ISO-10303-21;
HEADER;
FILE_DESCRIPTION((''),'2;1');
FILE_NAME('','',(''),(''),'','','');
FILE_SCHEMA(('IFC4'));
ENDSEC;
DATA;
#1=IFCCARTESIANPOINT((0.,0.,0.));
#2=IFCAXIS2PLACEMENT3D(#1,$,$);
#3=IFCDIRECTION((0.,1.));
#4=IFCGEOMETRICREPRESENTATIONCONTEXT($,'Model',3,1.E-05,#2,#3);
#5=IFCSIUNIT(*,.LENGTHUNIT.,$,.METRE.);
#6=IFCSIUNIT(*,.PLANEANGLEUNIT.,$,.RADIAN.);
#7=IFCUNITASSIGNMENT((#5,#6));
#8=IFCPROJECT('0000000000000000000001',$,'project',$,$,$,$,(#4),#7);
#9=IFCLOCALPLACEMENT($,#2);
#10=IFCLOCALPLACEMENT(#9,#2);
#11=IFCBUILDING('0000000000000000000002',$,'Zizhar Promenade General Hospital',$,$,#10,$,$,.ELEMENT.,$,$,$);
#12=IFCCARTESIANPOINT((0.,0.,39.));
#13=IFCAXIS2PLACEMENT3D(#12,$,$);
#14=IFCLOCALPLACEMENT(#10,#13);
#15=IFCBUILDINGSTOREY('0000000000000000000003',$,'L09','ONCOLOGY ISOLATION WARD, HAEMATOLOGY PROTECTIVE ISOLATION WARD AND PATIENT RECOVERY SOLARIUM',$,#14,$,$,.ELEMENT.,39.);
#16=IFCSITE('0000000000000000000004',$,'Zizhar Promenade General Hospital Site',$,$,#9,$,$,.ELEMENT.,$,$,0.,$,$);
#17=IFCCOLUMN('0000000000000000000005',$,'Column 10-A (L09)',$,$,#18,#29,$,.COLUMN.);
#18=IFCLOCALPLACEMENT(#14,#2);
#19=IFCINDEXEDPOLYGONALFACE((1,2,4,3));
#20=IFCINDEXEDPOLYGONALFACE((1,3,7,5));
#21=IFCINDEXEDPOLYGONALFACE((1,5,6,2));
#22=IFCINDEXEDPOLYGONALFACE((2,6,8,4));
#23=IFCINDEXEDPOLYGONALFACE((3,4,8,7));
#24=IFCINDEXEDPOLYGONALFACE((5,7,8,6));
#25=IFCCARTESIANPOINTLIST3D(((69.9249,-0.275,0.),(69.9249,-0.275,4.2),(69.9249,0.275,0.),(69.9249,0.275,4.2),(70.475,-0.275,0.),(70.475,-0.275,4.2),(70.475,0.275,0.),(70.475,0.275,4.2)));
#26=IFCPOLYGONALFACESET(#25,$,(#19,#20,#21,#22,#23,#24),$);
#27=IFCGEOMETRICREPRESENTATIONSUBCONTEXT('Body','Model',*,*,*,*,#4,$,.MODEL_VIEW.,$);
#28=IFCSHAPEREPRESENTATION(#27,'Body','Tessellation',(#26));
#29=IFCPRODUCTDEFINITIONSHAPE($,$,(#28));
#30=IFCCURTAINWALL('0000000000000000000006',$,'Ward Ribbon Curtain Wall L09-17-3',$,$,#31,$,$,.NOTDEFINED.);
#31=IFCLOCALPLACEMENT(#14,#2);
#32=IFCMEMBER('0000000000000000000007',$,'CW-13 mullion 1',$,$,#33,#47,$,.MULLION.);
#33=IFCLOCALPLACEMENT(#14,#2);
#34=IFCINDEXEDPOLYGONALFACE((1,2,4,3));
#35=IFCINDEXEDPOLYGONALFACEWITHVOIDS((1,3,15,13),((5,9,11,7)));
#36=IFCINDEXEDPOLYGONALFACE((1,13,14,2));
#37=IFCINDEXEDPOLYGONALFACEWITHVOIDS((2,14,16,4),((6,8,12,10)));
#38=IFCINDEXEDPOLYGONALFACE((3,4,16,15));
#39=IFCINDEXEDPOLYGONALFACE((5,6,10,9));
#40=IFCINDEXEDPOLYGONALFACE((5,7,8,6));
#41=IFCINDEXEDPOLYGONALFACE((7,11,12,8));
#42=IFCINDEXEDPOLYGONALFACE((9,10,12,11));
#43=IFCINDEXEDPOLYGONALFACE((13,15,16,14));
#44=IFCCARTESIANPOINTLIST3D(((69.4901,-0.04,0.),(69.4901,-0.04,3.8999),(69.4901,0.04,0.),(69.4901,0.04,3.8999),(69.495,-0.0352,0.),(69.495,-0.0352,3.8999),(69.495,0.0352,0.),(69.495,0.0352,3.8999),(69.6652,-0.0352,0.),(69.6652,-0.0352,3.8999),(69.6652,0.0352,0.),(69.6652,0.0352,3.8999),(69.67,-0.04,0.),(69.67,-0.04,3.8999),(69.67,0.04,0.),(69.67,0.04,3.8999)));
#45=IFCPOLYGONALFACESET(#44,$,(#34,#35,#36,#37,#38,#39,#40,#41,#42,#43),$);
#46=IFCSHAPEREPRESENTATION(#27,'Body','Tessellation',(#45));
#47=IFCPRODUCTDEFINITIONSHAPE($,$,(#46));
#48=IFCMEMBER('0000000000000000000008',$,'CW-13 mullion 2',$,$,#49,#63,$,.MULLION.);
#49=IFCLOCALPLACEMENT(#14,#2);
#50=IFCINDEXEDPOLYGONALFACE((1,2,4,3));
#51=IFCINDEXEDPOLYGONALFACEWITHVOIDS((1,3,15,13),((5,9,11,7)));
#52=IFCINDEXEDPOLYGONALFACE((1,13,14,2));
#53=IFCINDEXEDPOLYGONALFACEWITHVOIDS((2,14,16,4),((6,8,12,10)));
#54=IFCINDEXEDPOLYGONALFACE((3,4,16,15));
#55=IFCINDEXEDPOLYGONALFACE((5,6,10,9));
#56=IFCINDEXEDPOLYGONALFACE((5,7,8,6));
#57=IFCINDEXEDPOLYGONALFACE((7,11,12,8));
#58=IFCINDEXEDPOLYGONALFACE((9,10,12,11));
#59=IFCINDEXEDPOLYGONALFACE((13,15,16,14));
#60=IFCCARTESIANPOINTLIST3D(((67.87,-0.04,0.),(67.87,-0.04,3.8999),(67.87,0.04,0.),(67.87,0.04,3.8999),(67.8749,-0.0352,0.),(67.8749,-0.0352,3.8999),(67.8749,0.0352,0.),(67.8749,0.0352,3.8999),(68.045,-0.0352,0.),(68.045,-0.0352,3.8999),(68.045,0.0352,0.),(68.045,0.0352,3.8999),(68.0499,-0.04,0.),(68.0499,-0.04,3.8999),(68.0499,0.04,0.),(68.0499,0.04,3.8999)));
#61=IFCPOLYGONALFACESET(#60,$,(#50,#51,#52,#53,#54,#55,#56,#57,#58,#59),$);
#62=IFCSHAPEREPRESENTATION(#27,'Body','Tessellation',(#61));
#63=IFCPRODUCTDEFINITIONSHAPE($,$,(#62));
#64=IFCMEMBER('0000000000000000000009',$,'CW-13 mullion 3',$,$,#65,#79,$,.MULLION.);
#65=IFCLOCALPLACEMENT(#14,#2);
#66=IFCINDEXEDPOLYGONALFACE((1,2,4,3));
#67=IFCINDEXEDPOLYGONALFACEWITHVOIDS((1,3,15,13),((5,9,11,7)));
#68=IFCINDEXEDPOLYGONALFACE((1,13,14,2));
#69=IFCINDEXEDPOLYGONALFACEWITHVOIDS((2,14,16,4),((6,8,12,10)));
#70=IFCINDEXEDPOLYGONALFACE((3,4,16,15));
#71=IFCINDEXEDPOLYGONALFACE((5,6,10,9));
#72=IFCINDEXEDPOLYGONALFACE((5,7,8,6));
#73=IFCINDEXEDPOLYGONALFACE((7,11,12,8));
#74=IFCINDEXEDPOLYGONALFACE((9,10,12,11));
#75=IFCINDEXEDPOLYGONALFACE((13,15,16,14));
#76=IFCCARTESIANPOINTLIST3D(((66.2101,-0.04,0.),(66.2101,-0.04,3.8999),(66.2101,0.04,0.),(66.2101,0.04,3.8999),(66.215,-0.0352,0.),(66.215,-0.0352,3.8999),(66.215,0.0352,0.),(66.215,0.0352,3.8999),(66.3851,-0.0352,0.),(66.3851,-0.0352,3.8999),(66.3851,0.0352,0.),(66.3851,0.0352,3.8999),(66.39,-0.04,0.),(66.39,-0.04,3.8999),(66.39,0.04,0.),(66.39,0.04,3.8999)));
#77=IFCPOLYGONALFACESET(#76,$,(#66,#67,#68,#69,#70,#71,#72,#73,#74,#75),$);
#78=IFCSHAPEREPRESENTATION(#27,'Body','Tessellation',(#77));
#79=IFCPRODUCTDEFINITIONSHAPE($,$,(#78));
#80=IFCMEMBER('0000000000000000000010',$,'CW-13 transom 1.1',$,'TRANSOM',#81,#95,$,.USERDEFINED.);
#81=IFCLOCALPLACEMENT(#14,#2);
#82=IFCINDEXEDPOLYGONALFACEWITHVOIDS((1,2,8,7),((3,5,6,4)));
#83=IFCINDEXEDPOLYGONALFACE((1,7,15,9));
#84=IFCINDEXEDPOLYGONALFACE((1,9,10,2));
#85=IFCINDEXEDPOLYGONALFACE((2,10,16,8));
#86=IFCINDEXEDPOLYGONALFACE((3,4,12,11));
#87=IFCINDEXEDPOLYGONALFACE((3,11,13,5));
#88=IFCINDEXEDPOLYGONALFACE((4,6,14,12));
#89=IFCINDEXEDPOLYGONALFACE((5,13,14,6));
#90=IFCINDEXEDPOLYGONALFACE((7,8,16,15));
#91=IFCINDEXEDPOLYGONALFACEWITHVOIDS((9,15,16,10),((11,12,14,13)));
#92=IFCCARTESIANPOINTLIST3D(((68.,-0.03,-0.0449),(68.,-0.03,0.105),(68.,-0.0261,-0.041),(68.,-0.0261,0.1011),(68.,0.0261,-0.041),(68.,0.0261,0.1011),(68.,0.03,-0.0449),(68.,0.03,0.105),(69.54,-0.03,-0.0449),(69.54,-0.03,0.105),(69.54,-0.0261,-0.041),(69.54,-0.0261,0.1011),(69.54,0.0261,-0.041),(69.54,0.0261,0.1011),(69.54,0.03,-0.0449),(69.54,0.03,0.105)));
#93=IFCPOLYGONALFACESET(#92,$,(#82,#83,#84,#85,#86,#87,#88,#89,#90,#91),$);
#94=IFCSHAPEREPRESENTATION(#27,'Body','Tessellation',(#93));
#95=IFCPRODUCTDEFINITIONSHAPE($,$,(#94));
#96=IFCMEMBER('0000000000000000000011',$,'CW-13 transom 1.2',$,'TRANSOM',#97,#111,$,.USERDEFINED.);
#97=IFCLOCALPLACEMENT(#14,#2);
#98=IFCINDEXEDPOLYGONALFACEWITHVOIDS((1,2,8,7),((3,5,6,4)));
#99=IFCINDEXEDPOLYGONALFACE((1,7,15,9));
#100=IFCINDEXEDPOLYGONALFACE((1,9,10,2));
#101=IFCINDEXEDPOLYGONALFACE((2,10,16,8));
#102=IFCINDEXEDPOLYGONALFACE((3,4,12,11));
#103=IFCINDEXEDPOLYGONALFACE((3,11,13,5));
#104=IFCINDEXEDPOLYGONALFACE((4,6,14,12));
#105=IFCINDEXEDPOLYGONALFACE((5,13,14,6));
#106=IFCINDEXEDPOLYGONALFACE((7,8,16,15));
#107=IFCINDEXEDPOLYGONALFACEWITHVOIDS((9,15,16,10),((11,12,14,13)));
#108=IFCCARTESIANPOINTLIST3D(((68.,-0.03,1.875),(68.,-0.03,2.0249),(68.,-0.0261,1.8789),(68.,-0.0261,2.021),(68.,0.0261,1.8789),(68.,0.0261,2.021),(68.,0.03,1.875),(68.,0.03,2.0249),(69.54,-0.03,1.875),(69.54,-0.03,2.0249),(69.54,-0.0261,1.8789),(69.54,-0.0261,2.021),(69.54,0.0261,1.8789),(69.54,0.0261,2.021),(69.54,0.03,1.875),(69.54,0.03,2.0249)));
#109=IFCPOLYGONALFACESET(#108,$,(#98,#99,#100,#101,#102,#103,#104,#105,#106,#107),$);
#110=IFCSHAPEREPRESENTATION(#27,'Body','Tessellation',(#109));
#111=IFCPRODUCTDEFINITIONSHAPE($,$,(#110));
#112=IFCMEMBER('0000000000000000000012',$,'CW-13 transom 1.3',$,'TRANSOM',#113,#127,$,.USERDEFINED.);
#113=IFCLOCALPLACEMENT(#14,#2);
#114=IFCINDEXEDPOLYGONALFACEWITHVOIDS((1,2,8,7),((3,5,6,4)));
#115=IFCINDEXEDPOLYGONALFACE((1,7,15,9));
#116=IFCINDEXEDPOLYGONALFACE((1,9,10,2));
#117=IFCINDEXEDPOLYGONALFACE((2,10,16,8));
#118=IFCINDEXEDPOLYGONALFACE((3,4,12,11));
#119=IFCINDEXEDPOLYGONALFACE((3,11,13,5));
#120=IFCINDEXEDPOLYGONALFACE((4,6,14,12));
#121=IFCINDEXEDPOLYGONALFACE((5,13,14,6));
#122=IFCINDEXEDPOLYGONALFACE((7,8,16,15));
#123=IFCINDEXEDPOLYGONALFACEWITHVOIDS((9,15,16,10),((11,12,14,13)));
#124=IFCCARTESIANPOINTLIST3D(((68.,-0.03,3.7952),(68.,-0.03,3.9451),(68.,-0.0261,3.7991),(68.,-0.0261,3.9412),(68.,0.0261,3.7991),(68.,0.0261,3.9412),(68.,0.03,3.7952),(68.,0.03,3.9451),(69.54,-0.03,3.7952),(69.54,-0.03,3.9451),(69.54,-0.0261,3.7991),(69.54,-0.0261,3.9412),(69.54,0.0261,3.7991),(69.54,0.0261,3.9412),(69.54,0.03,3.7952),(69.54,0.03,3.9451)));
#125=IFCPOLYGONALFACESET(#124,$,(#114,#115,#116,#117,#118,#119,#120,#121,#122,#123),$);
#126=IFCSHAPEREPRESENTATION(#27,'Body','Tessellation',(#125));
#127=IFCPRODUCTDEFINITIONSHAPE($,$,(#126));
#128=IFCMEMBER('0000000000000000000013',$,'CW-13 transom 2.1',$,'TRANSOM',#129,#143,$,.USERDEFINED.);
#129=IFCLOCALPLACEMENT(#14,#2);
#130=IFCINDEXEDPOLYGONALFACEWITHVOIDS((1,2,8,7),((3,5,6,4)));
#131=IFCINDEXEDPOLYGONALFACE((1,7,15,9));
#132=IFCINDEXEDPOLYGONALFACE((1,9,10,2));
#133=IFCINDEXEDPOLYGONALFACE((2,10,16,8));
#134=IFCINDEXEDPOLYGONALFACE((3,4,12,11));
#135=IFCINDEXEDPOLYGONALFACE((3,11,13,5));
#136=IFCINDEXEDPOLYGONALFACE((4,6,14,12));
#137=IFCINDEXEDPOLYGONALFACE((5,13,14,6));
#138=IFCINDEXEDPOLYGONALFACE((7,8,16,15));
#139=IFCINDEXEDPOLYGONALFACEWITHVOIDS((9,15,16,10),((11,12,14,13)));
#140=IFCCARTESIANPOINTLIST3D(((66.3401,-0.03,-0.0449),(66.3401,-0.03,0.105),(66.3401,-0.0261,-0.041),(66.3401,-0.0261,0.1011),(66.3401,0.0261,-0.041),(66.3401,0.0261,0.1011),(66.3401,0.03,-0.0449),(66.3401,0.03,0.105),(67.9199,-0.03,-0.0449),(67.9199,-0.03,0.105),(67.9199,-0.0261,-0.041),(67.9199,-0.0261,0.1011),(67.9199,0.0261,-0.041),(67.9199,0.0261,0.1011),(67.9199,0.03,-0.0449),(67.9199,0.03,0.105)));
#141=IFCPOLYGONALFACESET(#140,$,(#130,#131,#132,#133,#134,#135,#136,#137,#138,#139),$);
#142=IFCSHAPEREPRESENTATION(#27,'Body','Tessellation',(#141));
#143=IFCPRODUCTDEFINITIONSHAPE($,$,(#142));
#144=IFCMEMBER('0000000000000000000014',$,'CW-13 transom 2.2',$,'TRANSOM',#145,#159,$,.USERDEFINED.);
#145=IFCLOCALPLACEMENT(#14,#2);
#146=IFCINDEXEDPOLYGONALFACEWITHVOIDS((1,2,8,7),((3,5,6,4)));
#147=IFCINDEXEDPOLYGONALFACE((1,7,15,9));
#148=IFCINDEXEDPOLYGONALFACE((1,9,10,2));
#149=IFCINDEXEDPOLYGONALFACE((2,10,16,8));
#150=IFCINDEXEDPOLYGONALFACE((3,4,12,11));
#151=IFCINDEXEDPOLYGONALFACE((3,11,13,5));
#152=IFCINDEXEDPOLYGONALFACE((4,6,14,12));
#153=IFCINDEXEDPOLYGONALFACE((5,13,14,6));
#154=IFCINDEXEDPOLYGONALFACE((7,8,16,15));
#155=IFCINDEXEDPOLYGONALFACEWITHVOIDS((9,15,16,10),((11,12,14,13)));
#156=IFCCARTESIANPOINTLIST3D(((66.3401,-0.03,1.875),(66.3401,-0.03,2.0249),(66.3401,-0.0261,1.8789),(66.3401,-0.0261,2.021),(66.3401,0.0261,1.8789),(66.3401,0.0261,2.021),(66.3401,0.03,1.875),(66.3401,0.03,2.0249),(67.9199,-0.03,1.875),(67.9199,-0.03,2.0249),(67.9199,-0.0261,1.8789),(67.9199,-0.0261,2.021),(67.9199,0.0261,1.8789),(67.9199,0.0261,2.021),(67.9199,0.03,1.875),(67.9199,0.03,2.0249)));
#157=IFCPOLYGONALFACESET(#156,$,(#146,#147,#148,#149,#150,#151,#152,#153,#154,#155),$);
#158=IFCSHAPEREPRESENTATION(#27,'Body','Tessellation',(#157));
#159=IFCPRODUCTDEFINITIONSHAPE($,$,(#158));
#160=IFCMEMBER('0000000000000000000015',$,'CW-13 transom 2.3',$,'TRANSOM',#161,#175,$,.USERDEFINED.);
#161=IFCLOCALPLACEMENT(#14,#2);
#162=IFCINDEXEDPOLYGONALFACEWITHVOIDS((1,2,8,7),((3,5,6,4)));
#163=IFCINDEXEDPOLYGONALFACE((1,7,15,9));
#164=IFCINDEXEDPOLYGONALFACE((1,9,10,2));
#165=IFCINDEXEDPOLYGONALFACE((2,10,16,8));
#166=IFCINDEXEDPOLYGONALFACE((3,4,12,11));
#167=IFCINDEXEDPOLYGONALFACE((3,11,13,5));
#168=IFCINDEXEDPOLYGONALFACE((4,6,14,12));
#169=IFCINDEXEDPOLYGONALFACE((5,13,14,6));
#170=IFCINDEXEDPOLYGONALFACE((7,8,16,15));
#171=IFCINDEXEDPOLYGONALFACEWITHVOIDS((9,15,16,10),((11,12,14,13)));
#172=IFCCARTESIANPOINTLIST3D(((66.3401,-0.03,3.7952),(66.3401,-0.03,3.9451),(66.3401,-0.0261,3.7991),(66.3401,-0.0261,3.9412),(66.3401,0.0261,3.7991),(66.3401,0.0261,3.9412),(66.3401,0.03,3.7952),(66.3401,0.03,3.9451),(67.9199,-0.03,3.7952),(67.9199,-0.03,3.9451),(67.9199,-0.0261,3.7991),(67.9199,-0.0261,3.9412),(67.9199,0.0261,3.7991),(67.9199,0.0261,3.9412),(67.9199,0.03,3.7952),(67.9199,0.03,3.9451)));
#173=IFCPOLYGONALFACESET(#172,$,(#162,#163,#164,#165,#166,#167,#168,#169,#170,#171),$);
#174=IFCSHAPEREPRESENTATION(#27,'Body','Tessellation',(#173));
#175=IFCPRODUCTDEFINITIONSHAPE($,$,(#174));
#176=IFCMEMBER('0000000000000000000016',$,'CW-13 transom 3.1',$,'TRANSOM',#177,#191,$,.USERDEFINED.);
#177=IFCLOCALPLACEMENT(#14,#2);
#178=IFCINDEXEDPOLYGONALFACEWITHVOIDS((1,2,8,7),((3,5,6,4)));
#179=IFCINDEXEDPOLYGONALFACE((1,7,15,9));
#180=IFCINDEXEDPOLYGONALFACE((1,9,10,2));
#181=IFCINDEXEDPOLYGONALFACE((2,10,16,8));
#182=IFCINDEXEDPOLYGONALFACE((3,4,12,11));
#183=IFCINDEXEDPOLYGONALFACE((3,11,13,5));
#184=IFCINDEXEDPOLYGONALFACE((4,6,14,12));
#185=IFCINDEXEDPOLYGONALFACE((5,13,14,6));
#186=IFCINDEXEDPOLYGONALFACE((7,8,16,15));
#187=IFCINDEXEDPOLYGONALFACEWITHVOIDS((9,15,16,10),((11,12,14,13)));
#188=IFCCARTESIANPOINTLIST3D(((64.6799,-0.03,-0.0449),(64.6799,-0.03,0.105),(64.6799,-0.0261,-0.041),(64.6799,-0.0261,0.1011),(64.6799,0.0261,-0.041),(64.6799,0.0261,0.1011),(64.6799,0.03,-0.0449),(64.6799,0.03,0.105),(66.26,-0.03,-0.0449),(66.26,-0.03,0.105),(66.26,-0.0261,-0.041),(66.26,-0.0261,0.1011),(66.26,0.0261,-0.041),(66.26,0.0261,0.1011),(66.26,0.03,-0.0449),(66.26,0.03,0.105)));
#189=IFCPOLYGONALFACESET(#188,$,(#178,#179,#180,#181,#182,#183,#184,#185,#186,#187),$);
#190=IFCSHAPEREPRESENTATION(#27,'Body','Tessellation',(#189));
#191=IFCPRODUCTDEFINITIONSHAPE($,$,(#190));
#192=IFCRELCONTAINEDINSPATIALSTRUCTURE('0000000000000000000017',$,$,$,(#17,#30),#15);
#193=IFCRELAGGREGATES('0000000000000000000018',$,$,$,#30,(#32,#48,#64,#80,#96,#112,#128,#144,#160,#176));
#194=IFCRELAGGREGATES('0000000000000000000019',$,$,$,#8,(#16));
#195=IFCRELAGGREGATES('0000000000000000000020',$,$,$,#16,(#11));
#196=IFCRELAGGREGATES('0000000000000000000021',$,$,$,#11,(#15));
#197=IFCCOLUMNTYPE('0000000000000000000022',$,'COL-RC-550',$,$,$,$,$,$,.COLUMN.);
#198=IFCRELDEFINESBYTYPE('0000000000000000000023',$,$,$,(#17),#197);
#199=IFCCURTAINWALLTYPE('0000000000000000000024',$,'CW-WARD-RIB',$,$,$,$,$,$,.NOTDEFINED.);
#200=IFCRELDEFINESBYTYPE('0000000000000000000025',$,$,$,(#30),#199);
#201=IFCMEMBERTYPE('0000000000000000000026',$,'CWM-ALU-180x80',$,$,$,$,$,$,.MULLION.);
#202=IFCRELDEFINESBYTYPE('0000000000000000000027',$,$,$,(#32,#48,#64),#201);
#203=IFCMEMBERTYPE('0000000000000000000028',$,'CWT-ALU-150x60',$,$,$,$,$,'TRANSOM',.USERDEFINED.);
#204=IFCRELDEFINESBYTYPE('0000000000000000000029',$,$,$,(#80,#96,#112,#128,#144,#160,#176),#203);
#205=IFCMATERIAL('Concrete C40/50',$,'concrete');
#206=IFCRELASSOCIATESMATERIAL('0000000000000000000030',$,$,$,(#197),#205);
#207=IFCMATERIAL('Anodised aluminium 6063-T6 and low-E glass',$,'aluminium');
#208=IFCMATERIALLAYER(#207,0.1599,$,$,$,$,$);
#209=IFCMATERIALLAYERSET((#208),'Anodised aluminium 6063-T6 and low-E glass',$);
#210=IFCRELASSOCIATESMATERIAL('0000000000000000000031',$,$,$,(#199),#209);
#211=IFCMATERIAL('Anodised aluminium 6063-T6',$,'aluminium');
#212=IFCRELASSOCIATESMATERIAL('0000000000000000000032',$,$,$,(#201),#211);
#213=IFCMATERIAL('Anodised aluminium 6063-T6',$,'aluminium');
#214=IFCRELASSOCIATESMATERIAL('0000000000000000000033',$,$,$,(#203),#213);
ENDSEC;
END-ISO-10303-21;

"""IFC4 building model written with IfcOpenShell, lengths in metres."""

from ifc_helpers import new_model, si_unit, direction, frame, origin, origin_2d, place, context, subcontext, project, spatial, rectangle, hollow_rectangle, extrude, material, layer, layer_set, material_profile, profile_set, type_object, element, aggregate, save


model = new_model("IFC4")

# Units and contexts
model_context = context("Model", 3, precision=1e-05, world=origin(), true_north=direction((0.0, 1.0)))
body_context = subcontext(model_context, "Body", "Model", "MODEL_VIEW")
ifc_project = project(units=[si_unit("LENGTHUNIT", "METRE"), si_unit("PLANEANGLEUNIT", "RADIAN")], contexts=[model_context])

# Site, building, storey
site_placement = place(None, origin())
site = spatial("IfcSite", under=ifc_project, at=site_placement, Name="Zizhar Promenade General Hospital Site", CompositionType="ELEMENT", RefElevation=0.0)
building_placement = place(site_placement, origin())
building = spatial("IfcBuilding", under=site, at=building_placement, Name="Zizhar Promenade General Hospital", CompositionType="ELEMENT")
storey_placement = place(building_placement, frame((0.0, 0.0, 39.0)))
storey = spatial("IfcBuildingStorey", under=building, at=storey_placement, Name="L09", Description="ONCOLOGY ISOLATION WARD, HAEMATOLOGY PROTECTIVE ISOLATION WARD AND PATIENT RECOVERY SOLARIUM", CompositionType="ELEMENT", Elevation=39.0)

# Column
ifc_material_1 = material(Name="Concrete C40/50", Category="concrete")
ifc_material_profile_1 = material_profile(ifc_material_1, rectangle(XDim=0.55, YDim=0.55, at=origin_2d()))
ifc_profile_set_1 = profile_set([ifc_material_profile_1], Name="Concrete C40/50")
column_type = type_object("IfcColumnType", Name="COL-RC-550", PredefinedType="COLUMN", material=ifc_profile_set_1)
column_placement = place(storey_placement, frame((70.2, 0.0, 0.0), z_axis=(0.0, 0.0, 1.0), x_axis=(1.0, 0.0, 0.0)))
element("IfcColumn", 1, at=column_placement, inside=storey, type_object=column_type, Name="Column 10-A (L09)", PredefinedType="COLUMN", context=body_context, shape_type="SweptSolid", body=[
    extrude(rectangle(XDim=0.55, YDim=0.55, at=origin_2d()), origin(), (0.0, 0.0, 1.0), 4.2),
])

# Curtain wall, members
ifc_material_2 = material(Name="Anodised aluminium 6063-T6 and low-E glass", Category="aluminium")
ifc_layer_1 = layer(ifc_material_2, 0.1599)
ifc_layer_set_1 = layer_set([ifc_layer_1], Name="Anodised aluminium 6063-T6 and low-E glass")
curtain_wall_type = type_object("IfcCurtainWallType", Name="CW-WARD-RIB", PredefinedType="NOTDEFINED", material=ifc_layer_set_1)
curtain_wall_placement = place(storey_placement, origin())
curtain_wall = element("IfcCurtainWall", 2, at=curtain_wall_placement, inside=storey, type_object=curtain_wall_type, Name="Ward Ribbon Curtain Wall L09-17-3", PredefinedType="NOTDEFINED")
ifc_material_3 = material(Name="Anodised aluminium 6063-T6", Category="aluminium")
ifc_material_profile_2 = material_profile(ifc_material_3, hollow_rectangle(XDim=0.0801, YDim=0.1799, WallThickness=0.0049, at=origin_2d()))
ifc_profile_set_2 = profile_set([ifc_material_profile_2], Name="Anodised aluminium 6063-T6")
member_type_1 = type_object("IfcMemberType", Name="CWM-ALU-180x80", PredefinedType="MULLION", material=ifc_profile_set_2)
member_1_placement = place(storey_placement, frame((69.5801, 0.0, 0.0), z_axis=(0.0, 0.0, 1.0), x_axis=(0.0, -1.0, 0.0)))
member_1 = element("IfcMember", 3, at=member_1_placement, type_object=member_type_1, Name="CW-13 mullion 1", PredefinedType="MULLION", context=body_context, shape_type="SweptSolid", body=[
    extrude(hollow_rectangle(XDim=0.0801, YDim=0.1799, WallThickness=0.0049, at=origin_2d()), origin(), (0.0, 0.0, 1.0), 3.8999),
])
member_2_placement = place(storey_placement, frame((67.96, 0.0, 0.0), z_axis=(0.0, 0.0, 1.0), x_axis=(0.0, -1.0, 0.0)))
member_2 = element("IfcMember", 4, at=member_2_placement, type_object=member_type_1, Name="CW-13 mullion 2", PredefinedType="MULLION", context=body_context, shape_type="SweptSolid", body=[
    extrude(hollow_rectangle(XDim=0.0801, YDim=0.1799, WallThickness=0.0049, at=origin_2d()), origin(), (0.0, 0.0, 1.0), 3.8999),
])
member_3_placement = place(storey_placement, frame((66.3, 0.0, 0.0), z_axis=(0.0, 0.0, 1.0), x_axis=(0.0, -1.0, 0.0)))
member_3 = element("IfcMember", 5, at=member_3_placement, type_object=member_type_1, Name="CW-13 mullion 3", PredefinedType="MULLION", context=body_context, shape_type="SweptSolid", body=[
    extrude(hollow_rectangle(XDim=0.0801, YDim=0.1799, WallThickness=0.0049, at=origin_2d()), origin(), (0.0, 0.0, 1.0), 3.8999),
])
ifc_material_4 = material(Name="Anodised aluminium 6063-T6", Category="aluminium")
ifc_material_profile_3 = material_profile(ifc_material_4, hollow_rectangle(XDim=0.0601, YDim=0.1499, WallThickness=0.0039, at=origin_2d()))
ifc_profile_set_3 = profile_set([ifc_material_profile_3], Name="Anodised aluminium 6063-T6")
member_type_2 = type_object("IfcMemberType", Name="CWT-ALU-150x60", ElementType="TRANSOM", PredefinedType="USERDEFINED", material=ifc_profile_set_3)
member_4_placement = place(storey_placement, frame((69.54, 0.0, 0.03), z_axis=(-1.0, 0.0, 0.0), x_axis=(0.0, -1.0, 0.0)))
member_4 = element("IfcMember", 6, at=member_4_placement, type_object=member_type_2, Name="CW-13 transom 1.1", ObjectType="TRANSOM", PredefinedType="USERDEFINED", context=body_context, shape_type="SweptSolid", body=[
    extrude(hollow_rectangle(XDim=0.0601, YDim=0.1499, WallThickness=0.0039, at=origin_2d()), origin(), (0.0, 0.0, 1.0), 1.54),
])
member_5_placement = place(storey_placement, frame((69.54, 0.0, 1.95), z_axis=(-1.0, 0.0, 0.0), x_axis=(0.0, -1.0, 0.0)))
member_5 = element("IfcMember", 7, at=member_5_placement, type_object=member_type_2, Name="CW-13 transom 1.2", ObjectType="TRANSOM", PredefinedType="USERDEFINED", context=body_context, shape_type="SweptSolid", body=[
    extrude(hollow_rectangle(XDim=0.0601, YDim=0.1499, WallThickness=0.0039, at=origin_2d()), origin(), (0.0, 0.0, 1.0), 1.54),
])
member_6_placement = place(storey_placement, frame((69.54, 0.0, 3.8701), z_axis=(-1.0, 0.0, 0.0), x_axis=(0.0, -1.0, 0.0)))
member_6 = element("IfcMember", 8, at=member_6_placement, type_object=member_type_2, Name="CW-13 transom 1.3", ObjectType="TRANSOM", PredefinedType="USERDEFINED", context=body_context, shape_type="SweptSolid", body=[
    extrude(hollow_rectangle(XDim=0.0601, YDim=0.1499, WallThickness=0.0039, at=origin_2d()), origin(), (0.0, 0.0, 1.0), 1.54),
])
member_7_placement = place(storey_placement, frame((67.9199, 0.0, 0.03), z_axis=(-1.0, 0.0, 0.0), x_axis=(0.0, -1.0, 0.0)))
member_7 = element("IfcMember", 9, at=member_7_placement, type_object=member_type_2, Name="CW-13 transom 2.1", ObjectType="TRANSOM", PredefinedType="USERDEFINED", context=body_context, shape_type="SweptSolid", body=[
    extrude(hollow_rectangle(XDim=0.0601, YDim=0.1499, WallThickness=0.0039, at=origin_2d()), origin(), (0.0, 0.0, 1.0), 1.5798),
])
member_8_placement = place(storey_placement, frame((67.9199, 0.0, 1.95), z_axis=(-1.0, 0.0, 0.0), x_axis=(0.0, -1.0, 0.0)))
member_8 = element("IfcMember", 10, at=member_8_placement, type_object=member_type_2, Name="CW-13 transom 2.2", ObjectType="TRANSOM", PredefinedType="USERDEFINED", context=body_context, shape_type="SweptSolid", body=[
    extrude(hollow_rectangle(XDim=0.0601, YDim=0.1499, WallThickness=0.0039, at=origin_2d()), origin(), (0.0, 0.0, 1.0), 1.5798),
])
member_9_placement = place(storey_placement, frame((67.9199, 0.0, 3.8701), z_axis=(-1.0, 0.0, 0.0), x_axis=(0.0, -1.0, 0.0)))
member_9 = element("IfcMember", 11, at=member_9_placement, type_object=member_type_2, Name="CW-13 transom 2.3", ObjectType="TRANSOM", PredefinedType="USERDEFINED", context=body_context, shape_type="SweptSolid", body=[
    extrude(hollow_rectangle(XDim=0.0601, YDim=0.1499, WallThickness=0.0039, at=origin_2d()), origin(), (0.0, 0.0, 1.0), 1.5798),
])
member_10_placement = place(storey_placement, frame((66.26, 0.0, 0.03), z_axis=(-1.0, 0.0, 0.0), x_axis=(0.0, -1.0, 0.0)))
member_10 = element("IfcMember", 12, at=member_10_placement, type_object=member_type_2, Name="CW-13 transom 3.1", ObjectType="TRANSOM", PredefinedType="USERDEFINED", context=body_context, shape_type="SweptSolid", body=[
    extrude(hollow_rectangle(XDim=0.0601, YDim=0.1499, WallThickness=0.0039, at=origin_2d()), origin(), (0.0, 0.0, 1.0), 1.5801),
])
aggregate(curtain_wall, [member_1, member_2, member_3, member_4, member_5, member_6, member_7, member_8, member_9, member_10])

save(model, "model.ifc")
